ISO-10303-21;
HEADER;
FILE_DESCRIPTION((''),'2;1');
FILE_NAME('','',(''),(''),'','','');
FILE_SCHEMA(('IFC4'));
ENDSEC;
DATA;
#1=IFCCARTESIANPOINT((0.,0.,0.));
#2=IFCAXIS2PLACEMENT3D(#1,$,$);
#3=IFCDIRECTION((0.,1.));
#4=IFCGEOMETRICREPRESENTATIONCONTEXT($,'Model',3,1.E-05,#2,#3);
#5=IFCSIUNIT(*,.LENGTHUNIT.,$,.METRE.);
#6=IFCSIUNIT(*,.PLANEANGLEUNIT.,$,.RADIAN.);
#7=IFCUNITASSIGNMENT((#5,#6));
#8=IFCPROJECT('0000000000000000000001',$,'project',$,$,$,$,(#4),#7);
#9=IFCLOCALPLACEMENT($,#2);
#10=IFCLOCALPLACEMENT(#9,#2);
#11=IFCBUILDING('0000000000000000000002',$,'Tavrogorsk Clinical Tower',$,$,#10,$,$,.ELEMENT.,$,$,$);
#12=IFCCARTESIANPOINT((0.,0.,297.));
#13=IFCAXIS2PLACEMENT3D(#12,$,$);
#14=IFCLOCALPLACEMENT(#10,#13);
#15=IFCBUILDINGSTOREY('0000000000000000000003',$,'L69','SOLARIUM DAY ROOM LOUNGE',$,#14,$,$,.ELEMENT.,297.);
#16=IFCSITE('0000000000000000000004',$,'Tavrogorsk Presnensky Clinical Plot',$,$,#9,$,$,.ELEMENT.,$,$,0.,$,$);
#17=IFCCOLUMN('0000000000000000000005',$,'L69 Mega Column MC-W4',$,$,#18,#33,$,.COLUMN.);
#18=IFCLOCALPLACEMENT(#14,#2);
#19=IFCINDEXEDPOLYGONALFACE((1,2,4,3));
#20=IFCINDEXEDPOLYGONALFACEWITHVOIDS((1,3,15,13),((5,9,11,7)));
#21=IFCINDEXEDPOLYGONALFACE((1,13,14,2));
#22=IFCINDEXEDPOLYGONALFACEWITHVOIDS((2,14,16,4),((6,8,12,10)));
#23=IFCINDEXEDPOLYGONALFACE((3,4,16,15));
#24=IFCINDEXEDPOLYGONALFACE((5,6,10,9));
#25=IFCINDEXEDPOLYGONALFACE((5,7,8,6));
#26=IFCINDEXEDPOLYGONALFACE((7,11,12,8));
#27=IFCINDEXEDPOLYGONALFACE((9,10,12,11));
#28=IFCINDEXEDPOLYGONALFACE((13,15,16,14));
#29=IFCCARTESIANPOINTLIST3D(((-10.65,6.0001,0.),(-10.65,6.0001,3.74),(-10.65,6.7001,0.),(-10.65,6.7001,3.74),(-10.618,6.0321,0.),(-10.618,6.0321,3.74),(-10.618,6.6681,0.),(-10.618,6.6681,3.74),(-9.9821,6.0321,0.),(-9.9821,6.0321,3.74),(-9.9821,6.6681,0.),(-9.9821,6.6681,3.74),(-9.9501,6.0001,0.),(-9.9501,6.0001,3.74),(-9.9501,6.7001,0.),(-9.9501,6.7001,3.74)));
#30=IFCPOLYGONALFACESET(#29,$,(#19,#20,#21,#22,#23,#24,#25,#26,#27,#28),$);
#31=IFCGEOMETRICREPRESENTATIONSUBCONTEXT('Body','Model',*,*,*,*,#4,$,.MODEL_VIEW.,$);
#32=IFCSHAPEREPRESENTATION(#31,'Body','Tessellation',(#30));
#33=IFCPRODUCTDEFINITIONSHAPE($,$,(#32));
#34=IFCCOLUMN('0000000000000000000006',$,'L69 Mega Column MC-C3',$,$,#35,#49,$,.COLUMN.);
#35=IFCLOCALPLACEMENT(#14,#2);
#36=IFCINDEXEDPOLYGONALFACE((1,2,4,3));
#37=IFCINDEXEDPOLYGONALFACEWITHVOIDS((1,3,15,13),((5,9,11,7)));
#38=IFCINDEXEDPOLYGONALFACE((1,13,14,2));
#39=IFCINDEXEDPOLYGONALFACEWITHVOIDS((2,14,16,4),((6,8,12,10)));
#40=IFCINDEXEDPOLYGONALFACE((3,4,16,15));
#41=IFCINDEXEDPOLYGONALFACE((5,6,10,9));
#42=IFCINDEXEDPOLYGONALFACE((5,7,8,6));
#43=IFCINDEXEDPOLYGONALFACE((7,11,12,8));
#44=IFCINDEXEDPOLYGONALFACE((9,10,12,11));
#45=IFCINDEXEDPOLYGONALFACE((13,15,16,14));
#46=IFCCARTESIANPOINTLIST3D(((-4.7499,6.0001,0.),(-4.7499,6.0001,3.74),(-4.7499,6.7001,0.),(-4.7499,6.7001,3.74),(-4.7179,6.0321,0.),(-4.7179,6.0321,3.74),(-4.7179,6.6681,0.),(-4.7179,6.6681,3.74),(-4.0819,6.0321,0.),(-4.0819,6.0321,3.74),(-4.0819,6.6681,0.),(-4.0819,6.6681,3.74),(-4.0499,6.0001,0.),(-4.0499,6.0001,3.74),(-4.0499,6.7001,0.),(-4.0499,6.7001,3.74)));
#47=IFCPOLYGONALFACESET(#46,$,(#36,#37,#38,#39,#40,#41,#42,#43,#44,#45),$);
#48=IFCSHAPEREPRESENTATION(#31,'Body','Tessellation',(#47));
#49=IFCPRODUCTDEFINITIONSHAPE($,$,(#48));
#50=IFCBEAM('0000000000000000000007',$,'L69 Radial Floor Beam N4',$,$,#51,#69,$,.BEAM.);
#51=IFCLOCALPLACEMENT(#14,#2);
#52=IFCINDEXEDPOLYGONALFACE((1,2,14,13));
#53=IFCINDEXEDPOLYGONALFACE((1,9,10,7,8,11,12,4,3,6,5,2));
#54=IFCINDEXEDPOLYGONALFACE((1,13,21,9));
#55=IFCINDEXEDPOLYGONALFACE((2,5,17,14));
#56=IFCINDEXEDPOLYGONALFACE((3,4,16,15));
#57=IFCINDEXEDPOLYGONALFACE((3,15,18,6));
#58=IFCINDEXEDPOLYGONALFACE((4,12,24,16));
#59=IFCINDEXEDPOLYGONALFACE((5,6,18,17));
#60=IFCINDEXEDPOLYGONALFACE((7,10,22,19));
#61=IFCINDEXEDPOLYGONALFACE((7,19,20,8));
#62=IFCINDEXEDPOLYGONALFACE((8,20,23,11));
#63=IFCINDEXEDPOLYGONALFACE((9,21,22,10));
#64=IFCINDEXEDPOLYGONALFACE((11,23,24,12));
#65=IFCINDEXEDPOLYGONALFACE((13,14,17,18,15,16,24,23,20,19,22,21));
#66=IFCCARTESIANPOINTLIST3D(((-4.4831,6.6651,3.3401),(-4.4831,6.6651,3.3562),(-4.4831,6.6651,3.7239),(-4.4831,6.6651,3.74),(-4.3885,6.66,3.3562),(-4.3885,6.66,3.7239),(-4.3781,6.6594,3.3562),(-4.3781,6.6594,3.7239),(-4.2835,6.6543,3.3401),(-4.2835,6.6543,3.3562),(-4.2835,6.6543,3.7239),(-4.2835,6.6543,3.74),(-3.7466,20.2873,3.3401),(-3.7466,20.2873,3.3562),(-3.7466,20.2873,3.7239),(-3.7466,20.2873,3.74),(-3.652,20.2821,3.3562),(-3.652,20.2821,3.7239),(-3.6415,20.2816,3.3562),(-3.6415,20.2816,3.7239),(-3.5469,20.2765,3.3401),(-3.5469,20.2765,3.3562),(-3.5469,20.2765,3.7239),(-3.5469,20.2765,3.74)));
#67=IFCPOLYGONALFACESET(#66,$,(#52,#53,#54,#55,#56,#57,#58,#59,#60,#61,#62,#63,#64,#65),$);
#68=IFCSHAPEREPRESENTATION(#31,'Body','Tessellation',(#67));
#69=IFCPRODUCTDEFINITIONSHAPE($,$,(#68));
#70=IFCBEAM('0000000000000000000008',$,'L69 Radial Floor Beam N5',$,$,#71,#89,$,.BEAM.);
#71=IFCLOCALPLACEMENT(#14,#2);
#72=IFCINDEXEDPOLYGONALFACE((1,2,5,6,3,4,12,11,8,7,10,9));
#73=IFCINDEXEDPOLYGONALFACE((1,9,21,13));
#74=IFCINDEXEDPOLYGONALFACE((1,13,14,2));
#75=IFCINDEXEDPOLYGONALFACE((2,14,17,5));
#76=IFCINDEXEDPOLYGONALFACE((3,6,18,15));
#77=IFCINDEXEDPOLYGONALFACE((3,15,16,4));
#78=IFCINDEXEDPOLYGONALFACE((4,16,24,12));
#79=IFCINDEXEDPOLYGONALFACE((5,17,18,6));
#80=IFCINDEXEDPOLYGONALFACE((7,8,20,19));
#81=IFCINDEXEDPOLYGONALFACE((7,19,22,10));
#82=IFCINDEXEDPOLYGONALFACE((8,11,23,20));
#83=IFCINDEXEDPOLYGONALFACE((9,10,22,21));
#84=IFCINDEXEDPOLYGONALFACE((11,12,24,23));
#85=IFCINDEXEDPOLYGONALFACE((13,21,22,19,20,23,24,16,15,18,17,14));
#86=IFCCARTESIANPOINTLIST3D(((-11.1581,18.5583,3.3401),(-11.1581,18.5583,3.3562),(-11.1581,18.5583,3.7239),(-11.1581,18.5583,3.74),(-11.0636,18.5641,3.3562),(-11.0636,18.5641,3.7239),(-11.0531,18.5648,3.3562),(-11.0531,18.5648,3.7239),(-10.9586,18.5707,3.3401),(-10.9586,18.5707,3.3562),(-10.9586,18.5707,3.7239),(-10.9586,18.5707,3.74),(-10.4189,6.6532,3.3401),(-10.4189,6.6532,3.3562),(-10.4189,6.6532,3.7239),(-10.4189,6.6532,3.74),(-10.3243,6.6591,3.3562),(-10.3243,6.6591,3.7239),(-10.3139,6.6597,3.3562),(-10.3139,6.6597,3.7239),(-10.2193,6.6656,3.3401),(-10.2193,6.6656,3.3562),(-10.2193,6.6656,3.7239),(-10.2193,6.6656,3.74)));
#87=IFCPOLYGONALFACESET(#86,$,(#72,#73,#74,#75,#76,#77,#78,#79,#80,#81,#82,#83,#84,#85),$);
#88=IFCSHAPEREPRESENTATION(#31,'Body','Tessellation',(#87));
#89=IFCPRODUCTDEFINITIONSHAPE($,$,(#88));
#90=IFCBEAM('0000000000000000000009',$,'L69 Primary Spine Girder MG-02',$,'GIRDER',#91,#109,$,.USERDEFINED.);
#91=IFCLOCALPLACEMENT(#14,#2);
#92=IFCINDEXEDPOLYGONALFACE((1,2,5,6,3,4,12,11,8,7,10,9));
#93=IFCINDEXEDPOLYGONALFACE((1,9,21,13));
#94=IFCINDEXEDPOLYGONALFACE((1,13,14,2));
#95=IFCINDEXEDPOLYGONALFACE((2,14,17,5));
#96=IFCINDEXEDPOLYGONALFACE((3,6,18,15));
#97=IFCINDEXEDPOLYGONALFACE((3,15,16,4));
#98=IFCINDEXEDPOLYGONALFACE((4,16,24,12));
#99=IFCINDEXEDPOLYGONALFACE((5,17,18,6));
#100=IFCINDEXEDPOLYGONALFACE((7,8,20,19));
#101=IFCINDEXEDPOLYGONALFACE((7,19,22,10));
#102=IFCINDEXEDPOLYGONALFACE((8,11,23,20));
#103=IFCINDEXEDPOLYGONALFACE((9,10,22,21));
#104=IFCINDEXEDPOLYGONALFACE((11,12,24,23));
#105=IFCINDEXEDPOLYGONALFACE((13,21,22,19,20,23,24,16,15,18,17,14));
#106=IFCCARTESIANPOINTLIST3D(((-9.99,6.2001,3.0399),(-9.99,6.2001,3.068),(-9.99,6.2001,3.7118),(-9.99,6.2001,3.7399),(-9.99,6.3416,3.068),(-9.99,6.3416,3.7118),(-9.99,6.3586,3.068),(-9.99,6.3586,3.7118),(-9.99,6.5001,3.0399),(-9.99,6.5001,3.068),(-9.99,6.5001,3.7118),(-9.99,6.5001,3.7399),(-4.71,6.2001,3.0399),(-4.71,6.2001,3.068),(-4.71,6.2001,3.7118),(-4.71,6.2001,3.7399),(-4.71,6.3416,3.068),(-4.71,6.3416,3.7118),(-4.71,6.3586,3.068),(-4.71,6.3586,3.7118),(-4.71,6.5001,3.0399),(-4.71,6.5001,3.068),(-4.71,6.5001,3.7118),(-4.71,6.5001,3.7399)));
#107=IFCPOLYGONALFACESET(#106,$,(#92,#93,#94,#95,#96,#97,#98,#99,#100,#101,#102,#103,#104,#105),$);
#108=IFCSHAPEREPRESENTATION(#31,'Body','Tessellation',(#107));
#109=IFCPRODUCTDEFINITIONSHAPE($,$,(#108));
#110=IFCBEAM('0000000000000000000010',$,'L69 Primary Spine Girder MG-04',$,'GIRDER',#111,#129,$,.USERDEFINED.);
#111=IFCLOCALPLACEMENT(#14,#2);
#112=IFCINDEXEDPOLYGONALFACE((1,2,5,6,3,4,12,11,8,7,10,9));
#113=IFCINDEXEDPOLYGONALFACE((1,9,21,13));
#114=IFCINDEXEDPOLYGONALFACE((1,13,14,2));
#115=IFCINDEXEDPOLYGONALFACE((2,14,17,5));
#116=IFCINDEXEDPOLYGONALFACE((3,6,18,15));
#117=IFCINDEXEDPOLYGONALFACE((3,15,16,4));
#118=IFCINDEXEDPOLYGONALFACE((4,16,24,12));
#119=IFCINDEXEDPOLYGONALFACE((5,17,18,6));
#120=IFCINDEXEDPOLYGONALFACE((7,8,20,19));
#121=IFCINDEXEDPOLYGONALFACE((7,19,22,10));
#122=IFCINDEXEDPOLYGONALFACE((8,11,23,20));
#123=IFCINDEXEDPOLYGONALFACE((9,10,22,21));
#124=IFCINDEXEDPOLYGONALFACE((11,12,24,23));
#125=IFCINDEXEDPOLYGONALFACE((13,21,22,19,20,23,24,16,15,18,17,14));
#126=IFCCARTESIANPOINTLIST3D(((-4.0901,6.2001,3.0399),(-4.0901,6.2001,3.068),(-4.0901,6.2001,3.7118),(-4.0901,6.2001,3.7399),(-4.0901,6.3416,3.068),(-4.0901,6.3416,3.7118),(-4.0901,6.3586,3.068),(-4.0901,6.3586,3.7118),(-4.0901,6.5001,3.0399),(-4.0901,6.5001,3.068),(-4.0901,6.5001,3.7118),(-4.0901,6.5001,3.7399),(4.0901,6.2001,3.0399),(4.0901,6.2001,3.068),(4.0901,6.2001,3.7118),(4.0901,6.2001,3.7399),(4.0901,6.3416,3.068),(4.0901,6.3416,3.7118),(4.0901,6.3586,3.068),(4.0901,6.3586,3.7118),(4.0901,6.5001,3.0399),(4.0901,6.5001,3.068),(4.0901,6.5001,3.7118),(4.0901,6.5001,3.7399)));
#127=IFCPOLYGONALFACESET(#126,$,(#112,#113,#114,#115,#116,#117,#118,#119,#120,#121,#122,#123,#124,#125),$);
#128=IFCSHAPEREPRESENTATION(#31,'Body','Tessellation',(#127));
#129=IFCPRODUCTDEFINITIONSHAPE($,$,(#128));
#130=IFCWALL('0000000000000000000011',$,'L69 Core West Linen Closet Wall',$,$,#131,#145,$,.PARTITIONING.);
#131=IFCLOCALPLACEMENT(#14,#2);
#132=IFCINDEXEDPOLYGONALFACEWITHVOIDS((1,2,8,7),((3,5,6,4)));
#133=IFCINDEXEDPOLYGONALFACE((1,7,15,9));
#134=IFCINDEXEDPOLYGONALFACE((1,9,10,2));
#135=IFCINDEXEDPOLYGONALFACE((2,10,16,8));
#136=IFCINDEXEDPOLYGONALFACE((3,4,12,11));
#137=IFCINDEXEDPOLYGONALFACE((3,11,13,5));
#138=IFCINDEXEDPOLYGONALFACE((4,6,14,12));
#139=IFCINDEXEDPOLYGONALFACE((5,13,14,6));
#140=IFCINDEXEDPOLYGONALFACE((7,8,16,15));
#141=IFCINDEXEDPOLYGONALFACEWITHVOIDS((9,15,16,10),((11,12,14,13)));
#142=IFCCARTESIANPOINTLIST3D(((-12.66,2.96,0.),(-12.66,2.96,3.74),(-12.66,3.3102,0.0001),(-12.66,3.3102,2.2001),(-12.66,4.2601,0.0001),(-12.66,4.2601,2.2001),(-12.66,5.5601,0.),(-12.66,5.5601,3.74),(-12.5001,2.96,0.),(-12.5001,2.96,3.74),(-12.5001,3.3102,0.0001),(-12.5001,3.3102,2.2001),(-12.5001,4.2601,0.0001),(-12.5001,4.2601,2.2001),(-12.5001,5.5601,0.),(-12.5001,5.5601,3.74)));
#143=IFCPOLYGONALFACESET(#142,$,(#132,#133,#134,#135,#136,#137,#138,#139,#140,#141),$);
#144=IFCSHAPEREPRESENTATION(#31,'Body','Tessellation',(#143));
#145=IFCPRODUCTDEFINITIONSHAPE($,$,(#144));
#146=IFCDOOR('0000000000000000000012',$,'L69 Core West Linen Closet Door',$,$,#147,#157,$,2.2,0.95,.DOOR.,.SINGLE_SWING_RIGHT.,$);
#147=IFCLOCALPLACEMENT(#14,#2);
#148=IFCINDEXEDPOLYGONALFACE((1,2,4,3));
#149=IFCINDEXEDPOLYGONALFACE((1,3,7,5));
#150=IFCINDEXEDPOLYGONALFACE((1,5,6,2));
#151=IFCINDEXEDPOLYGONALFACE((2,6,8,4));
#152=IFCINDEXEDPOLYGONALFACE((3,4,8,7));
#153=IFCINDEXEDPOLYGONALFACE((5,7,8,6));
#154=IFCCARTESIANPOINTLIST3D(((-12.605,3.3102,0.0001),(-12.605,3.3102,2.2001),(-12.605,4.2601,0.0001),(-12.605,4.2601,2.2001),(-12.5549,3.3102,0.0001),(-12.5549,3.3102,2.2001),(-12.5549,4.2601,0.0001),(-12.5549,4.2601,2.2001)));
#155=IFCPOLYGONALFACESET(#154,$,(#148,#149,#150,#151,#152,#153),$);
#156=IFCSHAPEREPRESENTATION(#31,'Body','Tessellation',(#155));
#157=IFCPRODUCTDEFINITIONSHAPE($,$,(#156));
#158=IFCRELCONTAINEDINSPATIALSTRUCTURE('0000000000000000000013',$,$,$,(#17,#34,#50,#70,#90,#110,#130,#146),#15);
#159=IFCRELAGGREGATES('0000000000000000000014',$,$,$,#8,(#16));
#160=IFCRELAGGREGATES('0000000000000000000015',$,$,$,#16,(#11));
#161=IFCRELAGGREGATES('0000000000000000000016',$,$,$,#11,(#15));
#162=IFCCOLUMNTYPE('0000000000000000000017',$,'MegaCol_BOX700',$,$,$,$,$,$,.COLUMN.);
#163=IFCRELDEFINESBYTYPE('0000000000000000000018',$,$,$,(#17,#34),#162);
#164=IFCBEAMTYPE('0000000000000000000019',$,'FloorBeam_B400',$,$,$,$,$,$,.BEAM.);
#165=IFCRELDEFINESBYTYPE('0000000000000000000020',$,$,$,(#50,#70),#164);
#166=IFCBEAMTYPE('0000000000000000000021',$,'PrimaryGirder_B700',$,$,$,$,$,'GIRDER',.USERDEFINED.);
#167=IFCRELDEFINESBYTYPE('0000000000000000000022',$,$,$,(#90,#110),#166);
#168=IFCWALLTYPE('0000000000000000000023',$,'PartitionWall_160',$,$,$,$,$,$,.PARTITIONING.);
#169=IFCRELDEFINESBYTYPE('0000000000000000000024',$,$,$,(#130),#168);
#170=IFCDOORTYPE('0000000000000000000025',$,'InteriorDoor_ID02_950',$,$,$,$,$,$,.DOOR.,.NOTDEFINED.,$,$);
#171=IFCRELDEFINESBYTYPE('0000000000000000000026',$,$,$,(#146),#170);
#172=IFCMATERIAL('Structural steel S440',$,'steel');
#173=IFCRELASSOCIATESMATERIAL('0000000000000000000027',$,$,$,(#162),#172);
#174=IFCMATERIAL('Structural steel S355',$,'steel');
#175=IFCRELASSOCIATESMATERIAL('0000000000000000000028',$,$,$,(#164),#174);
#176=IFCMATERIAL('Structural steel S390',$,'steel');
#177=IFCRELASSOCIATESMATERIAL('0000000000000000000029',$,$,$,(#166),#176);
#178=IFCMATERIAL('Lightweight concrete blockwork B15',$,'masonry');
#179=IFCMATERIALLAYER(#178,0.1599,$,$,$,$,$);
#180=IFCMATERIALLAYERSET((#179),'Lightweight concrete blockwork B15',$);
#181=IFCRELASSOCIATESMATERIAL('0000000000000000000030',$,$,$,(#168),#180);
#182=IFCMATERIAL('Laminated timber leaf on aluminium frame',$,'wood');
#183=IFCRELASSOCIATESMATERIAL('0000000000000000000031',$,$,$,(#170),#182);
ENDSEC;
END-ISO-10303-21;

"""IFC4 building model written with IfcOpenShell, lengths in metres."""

from ifc_helpers import new_model, si_unit, direction, frame, frame_2d, origin, origin_2d, place, context, subcontext, project, spatial, rectangle, hollow_rectangle, i_section, extrude, material, layer, layer_set, material_profile, profile_set, type_object, element, fill, save


model = new_model("IFC4")

# Units and contexts
model_context = context("Model", 3, precision=1e-05, world=origin(), true_north=direction((0.0, 1.0)))
body_context = subcontext(model_context, "Body", "Model", "MODEL_VIEW")
ifc_project = project(units=[si_unit("LENGTHUNIT", "METRE"), si_unit("PLANEANGLEUNIT", "RADIAN")], contexts=[model_context])

# Site, building, storey
site_placement = place(None, origin())
site = spatial("IfcSite", under=ifc_project, at=site_placement, Name="Tavrogorsk Presnensky Clinical Plot", CompositionType="ELEMENT", RefElevation=0.0)
building_placement = place(site_placement, origin())
building = spatial("IfcBuilding", under=site, at=building_placement, Name="Tavrogorsk Clinical Tower", CompositionType="ELEMENT")
storey_placement = place(building_placement, frame((0.0, 0.0, 297.0)))
storey = spatial("IfcBuildingStorey", under=building, at=storey_placement, Name="L69", Description="SOLARIUM DAY ROOM LOUNGE", CompositionType="ELEMENT", Elevation=297.0)

# Columns
ifc_material_1 = material(Name="Structural steel S440", Category="steel")
ifc_material_profile_1 = material_profile(ifc_material_1, hollow_rectangle(XDim=0.7, YDim=0.7, WallThickness=0.032, at=origin_2d()), Name="BOX-700x700x32")
ifc_profile_set_1 = profile_set([ifc_material_profile_1], Name="Structural steel S440")
column_type = type_object("IfcColumnType", Name="MegaCol_BOX700", PredefinedType="COLUMN", material=ifc_profile_set_1)
for number, where, z_axis, x_axis, name in (
    (1, (-10.3, 6.3501, 0.0), (0.0, 0.0, 1.0), (1.0, 0.0, 0.0), "L69 Mega Column MC-W4"),
    (2, (-4.3999, 6.3501, 0.0), (0.0, 0.0, 1.0), (1.0, 0.0, 0.0), "L69 Mega Column MC-C3"),
):
    element("IfcColumn", number, at=place(storey_placement, frame(where, z_axis=z_axis, x_axis=x_axis)), inside=storey, type_object=column_type, Name=name, PredefinedType="COLUMN", context=body_context, shape_type="SweptSolid", body=[
        extrude(hollow_rectangle(XDim=0.7, YDim=0.7, WallThickness=0.032, at=origin_2d()), origin(), (0.0, 0.0, 1.0), 3.74),
    ])

# Beams
ifc_material_2 = material(Name="Structural steel S355", Category="steel")
ifc_material_profile_2 = material_profile(ifc_material_2, i_section(OverallWidth=0.2, OverallDepth=0.3999, WebThickness=0.0105, FlangeThickness=0.0161, at=origin_2d()), Name="B-400x200x10.5x16")
ifc_profile_set_2 = profile_set([ifc_material_profile_2], Name="Structural steel S355")
beam_type_1 = type_object("IfcBeamType", Name="FloorBeam_B400", PredefinedType="BEAM", material=ifc_profile_set_2)
beam_1_placement = place(storey_placement, frame((-4.3833, 6.6597, 3.54), z_axis=(0.053993, 0.998541, 0.0), x_axis=(-0.998541, 0.053993, 0.0)))
element("IfcBeam", 3, at=beam_1_placement, inside=storey, type_object=beam_type_1, Name="L69 Radial Floor Beam N4", PredefinedType="BEAM", context=body_context, shape_type="SweptSolid", body=[
    extrude(i_section(OverallWidth=0.2, OverallDepth=0.3999, WebThickness=0.0105, FlangeThickness=0.0161, at=origin_2d()), origin(), (0.0, 0.0, 1.0), 13.6421),
])
beam_2_placement = place(storey_placement, frame((-10.3191, 6.6594, 3.54), z_axis=(-0.061977, 0.998078, 0.0), x_axis=(-0.998078, -0.061977, 0.0)))
element("IfcBeam", 4, at=beam_2_placement, inside=storey, type_object=beam_type_1, Name="L69 Radial Floor Beam N5", PredefinedType="BEAM", context=body_context, shape_type="SweptSolid", body=[
    extrude(i_section(OverallWidth=0.2, OverallDepth=0.3999, WebThickness=0.0105, FlangeThickness=0.0161, at=origin_2d()), origin(), (0.0, 0.0, 1.0), 11.928),
])
ifc_material_3 = material(Name="Structural steel S390", Category="steel")
ifc_material_profile_3 = material_profile(ifc_material_3, i_section(OverallWidth=0.3, OverallDepth=0.7, WebThickness=0.0171, FlangeThickness=0.0281, at=origin_2d()), Name="B-700x300x17x28")
ifc_profile_set_3 = profile_set([ifc_material_profile_3], Name="Structural steel S390")
beam_type_2 = type_object("IfcBeamType", Name="PrimaryGirder_B700", ElementType="GIRDER", PredefinedType="USERDEFINED", material=ifc_profile_set_3)
beam_3_placement = place(storey_placement, frame((-9.99, 6.3501, 3.3899), z_axis=(1.0, 0.0, 0.0), x_axis=(0.0, 1.0, 0.0)))
element("IfcBeam", 5, at=beam_3_placement, inside=storey, type_object=beam_type_2, Name="L69 Primary Spine Girder MG-02", ObjectType="GIRDER", PredefinedType="USERDEFINED", context=body_context, shape_type="SweptSolid", body=[
    extrude(i_section(OverallWidth=0.3, OverallDepth=0.7, WebThickness=0.0171, FlangeThickness=0.0281, at=origin_2d()), origin(), (0.0, 0.0, 1.0), 5.28),
])
beam_4_placement = place(storey_placement, frame((-4.0901, 6.3501, 3.3899), z_axis=(1.0, 0.0, 0.0), x_axis=(0.0, 1.0, 0.0)))
element("IfcBeam", 6, at=beam_4_placement, inside=storey, type_object=beam_type_2, Name="L69 Primary Spine Girder MG-04", ObjectType="GIRDER", PredefinedType="USERDEFINED", context=body_context, shape_type="SweptSolid", body=[
    extrude(i_section(OverallWidth=0.3, OverallDepth=0.7, WebThickness=0.0171, FlangeThickness=0.0281, at=origin_2d()), origin(), (0.0, 0.0, 1.0), 8.1802),
])

# Wall, opening, door
ifc_material_4 = material(Name="Lightweight concrete blockwork B15", Category="masonry")
ifc_layer_1 = layer(ifc_material_4, 0.1599)
ifc_layer_set_1 = layer_set([ifc_layer_1], Name="Lightweight concrete blockwork B15")
wall_type_1 = type_object("IfcWallType", Name="PartitionWall_160", PredefinedType="PARTITIONING", material=ifc_layer_set_1)
wall_1_placement = place(storey_placement, frame((-12.5801, 2.96, 0.0), z_axis=(0.0, 0.0, 1.0), x_axis=(0.0, 1.0, 0.0)))
wall_1 = element("IfcWall", 7, at=wall_1_placement, inside=storey, type_object=wall_type_1, Name="L69 Core West Linen Closet Wall", PredefinedType="PARTITIONING", context=body_context, shape_type="SweptSolid", body=[
    extrude(rectangle(XDim=2.6001, YDim=0.1599, at=frame_2d((1.3, 0.0))), origin(), (0.0, 0.0, 1.0), 3.74),
])
opening_1_placement = place(wall_1_placement, frame((0.3501, 0.0, 0.0)))
opening_1 = element("IfcOpeningElement", 8, at=opening_1_placement, cuts=wall_1, PredefinedType="OPENING", context=body_context, shape_type="SweptSolid", body=[
    extrude(rectangle(XDim=0.95, YDim=2.2, at=frame_2d((0.4751, 1.1001))), frame((0.0, 0.0898, 0.0), z_axis=(0.0, -1.0, 0.0), x_axis=(1.0, 0.0, 0.0)), (0.0, 0.0, 1.0), 0.1799),
])
ifc_material_5 = material(Name="Laminated timber leaf on aluminium frame", Category="wood")
door_type_1 = type_object("IfcDoorType", Name="InteriorDoor_ID02_950", OperationType="NOTDEFINED", PredefinedType="DOOR", material=ifc_material_5)
door_1_placement = place(opening_1_placement, origin())
door_1 = element("IfcDoor", 9, at=door_1_placement, inside=storey, type_object=door_type_1, Name="L69 Core West Linen Closet Door", OperationType="SINGLE_SWING_RIGHT", OverallHeight=2.2, OverallWidth=0.95, PredefinedType="DOOR", context=body_context, shape_type="SweptSolid", body=[
    extrude(rectangle(XDim=0.95, YDim=2.2, at=frame_2d((0.4751, 1.1001))), frame((0.0, 0.0249, 0.0), z_axis=(0.0, -1.0, 0.0), x_axis=(1.0, 0.0, 0.0)), (0.0, 0.0, 1.0), 0.05),
])
fill(opening_1, door_1)

save(model, "model.ifc")
